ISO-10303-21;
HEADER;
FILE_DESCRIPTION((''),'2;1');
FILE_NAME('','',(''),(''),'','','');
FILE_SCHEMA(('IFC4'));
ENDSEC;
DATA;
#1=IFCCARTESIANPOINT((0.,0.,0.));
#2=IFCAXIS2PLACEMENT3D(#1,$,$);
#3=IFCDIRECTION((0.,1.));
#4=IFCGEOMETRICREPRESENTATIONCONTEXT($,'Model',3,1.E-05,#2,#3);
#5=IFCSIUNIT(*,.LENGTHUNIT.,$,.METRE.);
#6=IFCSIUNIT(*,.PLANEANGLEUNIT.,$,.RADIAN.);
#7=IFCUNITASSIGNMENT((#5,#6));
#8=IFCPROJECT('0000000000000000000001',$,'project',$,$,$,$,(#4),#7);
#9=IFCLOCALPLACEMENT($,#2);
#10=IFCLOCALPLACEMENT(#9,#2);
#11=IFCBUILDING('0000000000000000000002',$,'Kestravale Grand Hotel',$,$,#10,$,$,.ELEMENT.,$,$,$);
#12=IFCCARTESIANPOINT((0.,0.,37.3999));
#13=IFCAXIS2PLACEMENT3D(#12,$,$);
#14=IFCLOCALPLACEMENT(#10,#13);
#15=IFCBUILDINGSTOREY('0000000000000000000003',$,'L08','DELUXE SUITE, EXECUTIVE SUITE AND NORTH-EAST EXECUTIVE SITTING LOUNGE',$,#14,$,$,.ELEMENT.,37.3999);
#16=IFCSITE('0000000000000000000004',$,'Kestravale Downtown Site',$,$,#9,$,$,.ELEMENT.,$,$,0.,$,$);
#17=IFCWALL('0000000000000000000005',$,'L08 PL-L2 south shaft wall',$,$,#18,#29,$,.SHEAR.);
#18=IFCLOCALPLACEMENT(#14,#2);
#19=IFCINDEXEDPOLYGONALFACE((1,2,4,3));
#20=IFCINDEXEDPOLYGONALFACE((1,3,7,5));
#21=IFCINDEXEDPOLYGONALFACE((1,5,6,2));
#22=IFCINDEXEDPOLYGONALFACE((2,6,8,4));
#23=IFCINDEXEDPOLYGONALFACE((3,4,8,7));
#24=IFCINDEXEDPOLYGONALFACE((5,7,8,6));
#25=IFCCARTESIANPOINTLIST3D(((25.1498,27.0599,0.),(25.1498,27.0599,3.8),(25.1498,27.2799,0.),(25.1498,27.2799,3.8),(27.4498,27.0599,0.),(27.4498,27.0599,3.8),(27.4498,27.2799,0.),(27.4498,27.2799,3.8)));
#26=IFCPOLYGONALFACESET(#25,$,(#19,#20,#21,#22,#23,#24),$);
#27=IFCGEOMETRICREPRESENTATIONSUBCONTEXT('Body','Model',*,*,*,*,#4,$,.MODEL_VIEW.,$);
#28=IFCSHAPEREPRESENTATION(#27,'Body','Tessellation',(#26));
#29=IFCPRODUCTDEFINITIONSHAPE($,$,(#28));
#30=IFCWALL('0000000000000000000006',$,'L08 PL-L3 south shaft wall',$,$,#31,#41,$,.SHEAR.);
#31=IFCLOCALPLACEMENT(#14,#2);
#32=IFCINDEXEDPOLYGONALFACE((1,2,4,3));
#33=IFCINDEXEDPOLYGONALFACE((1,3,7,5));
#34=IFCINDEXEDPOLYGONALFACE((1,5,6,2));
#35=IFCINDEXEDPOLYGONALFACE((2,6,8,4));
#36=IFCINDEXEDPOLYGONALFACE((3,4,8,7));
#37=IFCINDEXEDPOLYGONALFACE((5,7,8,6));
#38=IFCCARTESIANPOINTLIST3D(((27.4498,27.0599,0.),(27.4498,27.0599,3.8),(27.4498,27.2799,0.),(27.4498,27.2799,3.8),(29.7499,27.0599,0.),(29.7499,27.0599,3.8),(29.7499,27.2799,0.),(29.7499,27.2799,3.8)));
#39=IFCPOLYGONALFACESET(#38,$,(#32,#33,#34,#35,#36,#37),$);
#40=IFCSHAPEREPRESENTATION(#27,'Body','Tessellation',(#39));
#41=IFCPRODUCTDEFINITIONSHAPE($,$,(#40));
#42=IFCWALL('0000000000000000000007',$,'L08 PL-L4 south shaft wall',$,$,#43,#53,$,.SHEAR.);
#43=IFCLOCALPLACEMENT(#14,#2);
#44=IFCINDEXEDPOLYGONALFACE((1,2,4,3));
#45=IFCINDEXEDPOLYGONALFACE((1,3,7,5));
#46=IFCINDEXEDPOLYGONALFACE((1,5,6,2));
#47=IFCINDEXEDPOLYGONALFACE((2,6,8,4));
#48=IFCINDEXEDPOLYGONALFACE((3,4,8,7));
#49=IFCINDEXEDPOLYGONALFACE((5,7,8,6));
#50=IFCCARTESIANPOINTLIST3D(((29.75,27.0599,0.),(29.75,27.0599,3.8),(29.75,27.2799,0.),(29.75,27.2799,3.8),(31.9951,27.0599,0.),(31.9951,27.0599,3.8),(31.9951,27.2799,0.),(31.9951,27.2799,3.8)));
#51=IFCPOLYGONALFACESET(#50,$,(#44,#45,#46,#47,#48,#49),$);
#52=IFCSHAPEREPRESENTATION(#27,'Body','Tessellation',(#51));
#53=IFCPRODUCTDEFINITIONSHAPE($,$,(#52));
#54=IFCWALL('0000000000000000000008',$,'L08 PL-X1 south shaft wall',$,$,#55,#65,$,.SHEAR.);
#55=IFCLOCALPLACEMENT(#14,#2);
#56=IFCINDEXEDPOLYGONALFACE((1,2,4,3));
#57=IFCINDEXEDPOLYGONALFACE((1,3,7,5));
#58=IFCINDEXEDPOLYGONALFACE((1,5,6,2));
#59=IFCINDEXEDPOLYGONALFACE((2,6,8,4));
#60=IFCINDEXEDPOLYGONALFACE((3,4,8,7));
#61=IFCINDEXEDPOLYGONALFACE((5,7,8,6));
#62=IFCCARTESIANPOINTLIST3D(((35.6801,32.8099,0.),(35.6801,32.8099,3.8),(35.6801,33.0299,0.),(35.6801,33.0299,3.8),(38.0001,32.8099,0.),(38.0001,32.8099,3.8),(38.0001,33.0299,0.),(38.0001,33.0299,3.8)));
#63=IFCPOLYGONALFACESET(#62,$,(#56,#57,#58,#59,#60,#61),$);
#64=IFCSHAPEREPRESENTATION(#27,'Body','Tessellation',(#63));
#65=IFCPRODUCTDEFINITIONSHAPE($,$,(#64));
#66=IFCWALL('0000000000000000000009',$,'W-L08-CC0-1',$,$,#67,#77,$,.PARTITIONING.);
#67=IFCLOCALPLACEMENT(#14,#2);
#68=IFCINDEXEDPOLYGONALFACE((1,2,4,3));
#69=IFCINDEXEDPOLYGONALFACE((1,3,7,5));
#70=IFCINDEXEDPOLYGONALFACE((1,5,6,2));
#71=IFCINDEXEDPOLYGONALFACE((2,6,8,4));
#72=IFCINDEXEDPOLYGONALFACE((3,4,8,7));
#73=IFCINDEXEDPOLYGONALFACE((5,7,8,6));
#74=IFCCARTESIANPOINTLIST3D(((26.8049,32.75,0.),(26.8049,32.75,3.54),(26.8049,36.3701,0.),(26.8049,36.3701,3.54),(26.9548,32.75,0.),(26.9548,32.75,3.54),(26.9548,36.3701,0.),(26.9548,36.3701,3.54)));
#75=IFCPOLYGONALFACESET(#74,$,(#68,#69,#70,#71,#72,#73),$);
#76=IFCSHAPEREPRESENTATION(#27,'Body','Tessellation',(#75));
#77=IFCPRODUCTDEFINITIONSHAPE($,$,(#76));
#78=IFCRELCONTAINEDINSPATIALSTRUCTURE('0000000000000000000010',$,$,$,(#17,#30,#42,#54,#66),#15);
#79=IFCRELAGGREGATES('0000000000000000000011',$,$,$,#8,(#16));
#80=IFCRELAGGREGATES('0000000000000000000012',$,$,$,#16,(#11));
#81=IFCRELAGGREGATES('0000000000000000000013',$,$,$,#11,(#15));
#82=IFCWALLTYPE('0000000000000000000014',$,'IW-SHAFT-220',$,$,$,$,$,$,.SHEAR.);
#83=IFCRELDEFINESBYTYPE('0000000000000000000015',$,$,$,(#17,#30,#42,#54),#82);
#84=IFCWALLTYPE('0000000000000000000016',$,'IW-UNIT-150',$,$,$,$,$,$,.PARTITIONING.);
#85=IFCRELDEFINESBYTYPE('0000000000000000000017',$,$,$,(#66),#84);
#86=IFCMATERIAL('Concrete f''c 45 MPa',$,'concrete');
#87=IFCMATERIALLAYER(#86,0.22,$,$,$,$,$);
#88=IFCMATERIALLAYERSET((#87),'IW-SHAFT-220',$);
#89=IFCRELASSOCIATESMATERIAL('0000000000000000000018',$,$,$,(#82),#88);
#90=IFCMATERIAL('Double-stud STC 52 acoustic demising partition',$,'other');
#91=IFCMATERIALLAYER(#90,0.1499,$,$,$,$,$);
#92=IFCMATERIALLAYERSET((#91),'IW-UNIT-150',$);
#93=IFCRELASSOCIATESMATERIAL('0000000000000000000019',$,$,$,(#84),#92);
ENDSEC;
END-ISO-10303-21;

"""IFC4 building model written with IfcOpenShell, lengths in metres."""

from ifc_helpers import new_model, si_unit, direction, frame, frame_2d, origin, place, context, subcontext, project, spatial, rectangle, extrude, material, layer, layer_set, type_object, element, save


model = new_model("IFC4")

# Units and contexts
model_context = context("Model", 3, precision=1e-05, world=origin(), true_north=direction((0.0, 1.0)))
body_context = subcontext(model_context, "Body", "Model", "MODEL_VIEW")
ifc_project = project(units=[si_unit("LENGTHUNIT", "METRE"), si_unit("PLANEANGLEUNIT", "RADIAN")], contexts=[model_context])

# Site, building, storey
site_placement = place(None, origin())
site = spatial("IfcSite", under=ifc_project, at=site_placement, Name="Kestravale Downtown Site", CompositionType="ELEMENT", RefElevation=0.0)
building_placement = place(site_placement, origin())
building = spatial("IfcBuilding", under=site, at=building_placement, Name="Kestravale Grand Hotel", CompositionType="ELEMENT")
storey_placement = place(building_placement, frame((0.0, 0.0, 37.3999)))
storey = spatial("IfcBuildingStorey", under=building, at=storey_placement, Name="L08", Description="DELUXE SUITE, EXECUTIVE SUITE AND NORTH-EAST EXECUTIVE SITTING LOUNGE", CompositionType="ELEMENT", Elevation=37.3999)

# Shared definitions
ifc_material_1 = material(Name="Concrete f'c 45 MPa", Category="concrete")
ifc_layer_1 = layer(ifc_material_1, 0.22)
ifc_layer_set_1 = layer_set([ifc_layer_1], Name="IW-SHAFT-220")
wall_type_1 = type_object("IfcWallType", Name="IW-SHAFT-220", PredefinedType="SHEAR", material=ifc_layer_set_1)

# Wall
wall_1_placement = place(storey_placement, frame((25.1499, 27.1699, 0.0), z_axis=(0.0, 0.0, 1.0), x_axis=(1.0, 0.0, 0.0)))
element("IfcWall", 1, at=wall_1_placement, inside=storey, type_object=wall_type_1, Name="L08 PL-L2 south shaft wall", PredefinedType="SHEAR", context=body_context, shape_type="SweptSolid", body=[
    extrude(rectangle(XDim=2.3, YDim=0.22, at=frame_2d((1.1499, 0.0))), origin(), (0.0, 0.0, 1.0), 3.8),
])

# Wall
wall_2_placement = place(storey_placement, frame((27.45, 27.1699, 0.0), z_axis=(0.0, 0.0, 1.0), x_axis=(1.0, 0.0, 0.0)))
element("IfcWall", 2, at=wall_2_placement, inside=storey, type_object=wall_type_1, Name="L08 PL-L3 south shaft wall", PredefinedType="SHEAR", context=body_context, shape_type="SweptSolid", body=[
    extrude(rectangle(XDim=2.3, YDim=0.22, at=frame_2d((1.1499, 0.0))), origin(), (0.0, 0.0, 1.0), 3.8),
])

# Walls
wall_3_placement = place(storey_placement, frame((29.75, 27.1699, 0.0), z_axis=(0.0, 0.0, 1.0), x_axis=(1.0, 0.0, 0.0)))
element("IfcWall", 3, at=wall_3_placement, inside=storey, type_object=wall_type_1, Name="L08 PL-L4 south shaft wall", PredefinedType="SHEAR", context=body_context, shape_type="SweptSolid", body=[
    extrude(rectangle(XDim=2.2451, YDim=0.22, at=frame_2d((1.1226, 0.0))), origin(), (0.0, 0.0, 1.0), 3.8),
])
wall_4_placement = place(storey_placement, frame((35.6799, 32.9199, 0.0), z_axis=(0.0, 0.0, 1.0), x_axis=(1.0, 0.0, 0.0)))
element("IfcWall", 4, at=wall_4_placement, inside=storey, type_object=wall_type_1, Name="L08 PL-X1 south shaft wall", PredefinedType="SHEAR", context=body_context, shape_type="SweptSolid", body=[
    extrude(rectangle(XDim=2.3201, YDim=0.22, at=frame_2d((1.1602, 0.0))), origin(), (0.0, 0.0, 1.0), 3.8),
])
ifc_material_2 = material(Name="Double-stud STC 52 acoustic demising partition", Category="other")
ifc_layer_2 = layer(ifc_material_2, 0.1499)
ifc_layer_set_2 = layer_set([ifc_layer_2], Name="IW-UNIT-150")
wall_type_2 = type_object("IfcWallType", Name="IW-UNIT-150", PredefinedType="PARTITIONING", material=ifc_layer_set_2)
wall_5_placement = place(storey_placement, frame((26.8799, 32.75, 0.0), z_axis=(0.0, 0.0, 1.0), x_axis=(0.0, 1.0, 0.0)))
element("IfcWall", 5, at=wall_5_placement, inside=storey, type_object=wall_type_2, Name="W-L08-CC0-1", PredefinedType="PARTITIONING", context=body_context, shape_type="SweptSolid", body=[
    extrude(rectangle(XDim=3.6201, YDim=0.1499, at=frame_2d((1.8101, 0.0))), origin(), (0.0, 0.0, 1.0), 3.54),
])

save(model, "model.ifc")
